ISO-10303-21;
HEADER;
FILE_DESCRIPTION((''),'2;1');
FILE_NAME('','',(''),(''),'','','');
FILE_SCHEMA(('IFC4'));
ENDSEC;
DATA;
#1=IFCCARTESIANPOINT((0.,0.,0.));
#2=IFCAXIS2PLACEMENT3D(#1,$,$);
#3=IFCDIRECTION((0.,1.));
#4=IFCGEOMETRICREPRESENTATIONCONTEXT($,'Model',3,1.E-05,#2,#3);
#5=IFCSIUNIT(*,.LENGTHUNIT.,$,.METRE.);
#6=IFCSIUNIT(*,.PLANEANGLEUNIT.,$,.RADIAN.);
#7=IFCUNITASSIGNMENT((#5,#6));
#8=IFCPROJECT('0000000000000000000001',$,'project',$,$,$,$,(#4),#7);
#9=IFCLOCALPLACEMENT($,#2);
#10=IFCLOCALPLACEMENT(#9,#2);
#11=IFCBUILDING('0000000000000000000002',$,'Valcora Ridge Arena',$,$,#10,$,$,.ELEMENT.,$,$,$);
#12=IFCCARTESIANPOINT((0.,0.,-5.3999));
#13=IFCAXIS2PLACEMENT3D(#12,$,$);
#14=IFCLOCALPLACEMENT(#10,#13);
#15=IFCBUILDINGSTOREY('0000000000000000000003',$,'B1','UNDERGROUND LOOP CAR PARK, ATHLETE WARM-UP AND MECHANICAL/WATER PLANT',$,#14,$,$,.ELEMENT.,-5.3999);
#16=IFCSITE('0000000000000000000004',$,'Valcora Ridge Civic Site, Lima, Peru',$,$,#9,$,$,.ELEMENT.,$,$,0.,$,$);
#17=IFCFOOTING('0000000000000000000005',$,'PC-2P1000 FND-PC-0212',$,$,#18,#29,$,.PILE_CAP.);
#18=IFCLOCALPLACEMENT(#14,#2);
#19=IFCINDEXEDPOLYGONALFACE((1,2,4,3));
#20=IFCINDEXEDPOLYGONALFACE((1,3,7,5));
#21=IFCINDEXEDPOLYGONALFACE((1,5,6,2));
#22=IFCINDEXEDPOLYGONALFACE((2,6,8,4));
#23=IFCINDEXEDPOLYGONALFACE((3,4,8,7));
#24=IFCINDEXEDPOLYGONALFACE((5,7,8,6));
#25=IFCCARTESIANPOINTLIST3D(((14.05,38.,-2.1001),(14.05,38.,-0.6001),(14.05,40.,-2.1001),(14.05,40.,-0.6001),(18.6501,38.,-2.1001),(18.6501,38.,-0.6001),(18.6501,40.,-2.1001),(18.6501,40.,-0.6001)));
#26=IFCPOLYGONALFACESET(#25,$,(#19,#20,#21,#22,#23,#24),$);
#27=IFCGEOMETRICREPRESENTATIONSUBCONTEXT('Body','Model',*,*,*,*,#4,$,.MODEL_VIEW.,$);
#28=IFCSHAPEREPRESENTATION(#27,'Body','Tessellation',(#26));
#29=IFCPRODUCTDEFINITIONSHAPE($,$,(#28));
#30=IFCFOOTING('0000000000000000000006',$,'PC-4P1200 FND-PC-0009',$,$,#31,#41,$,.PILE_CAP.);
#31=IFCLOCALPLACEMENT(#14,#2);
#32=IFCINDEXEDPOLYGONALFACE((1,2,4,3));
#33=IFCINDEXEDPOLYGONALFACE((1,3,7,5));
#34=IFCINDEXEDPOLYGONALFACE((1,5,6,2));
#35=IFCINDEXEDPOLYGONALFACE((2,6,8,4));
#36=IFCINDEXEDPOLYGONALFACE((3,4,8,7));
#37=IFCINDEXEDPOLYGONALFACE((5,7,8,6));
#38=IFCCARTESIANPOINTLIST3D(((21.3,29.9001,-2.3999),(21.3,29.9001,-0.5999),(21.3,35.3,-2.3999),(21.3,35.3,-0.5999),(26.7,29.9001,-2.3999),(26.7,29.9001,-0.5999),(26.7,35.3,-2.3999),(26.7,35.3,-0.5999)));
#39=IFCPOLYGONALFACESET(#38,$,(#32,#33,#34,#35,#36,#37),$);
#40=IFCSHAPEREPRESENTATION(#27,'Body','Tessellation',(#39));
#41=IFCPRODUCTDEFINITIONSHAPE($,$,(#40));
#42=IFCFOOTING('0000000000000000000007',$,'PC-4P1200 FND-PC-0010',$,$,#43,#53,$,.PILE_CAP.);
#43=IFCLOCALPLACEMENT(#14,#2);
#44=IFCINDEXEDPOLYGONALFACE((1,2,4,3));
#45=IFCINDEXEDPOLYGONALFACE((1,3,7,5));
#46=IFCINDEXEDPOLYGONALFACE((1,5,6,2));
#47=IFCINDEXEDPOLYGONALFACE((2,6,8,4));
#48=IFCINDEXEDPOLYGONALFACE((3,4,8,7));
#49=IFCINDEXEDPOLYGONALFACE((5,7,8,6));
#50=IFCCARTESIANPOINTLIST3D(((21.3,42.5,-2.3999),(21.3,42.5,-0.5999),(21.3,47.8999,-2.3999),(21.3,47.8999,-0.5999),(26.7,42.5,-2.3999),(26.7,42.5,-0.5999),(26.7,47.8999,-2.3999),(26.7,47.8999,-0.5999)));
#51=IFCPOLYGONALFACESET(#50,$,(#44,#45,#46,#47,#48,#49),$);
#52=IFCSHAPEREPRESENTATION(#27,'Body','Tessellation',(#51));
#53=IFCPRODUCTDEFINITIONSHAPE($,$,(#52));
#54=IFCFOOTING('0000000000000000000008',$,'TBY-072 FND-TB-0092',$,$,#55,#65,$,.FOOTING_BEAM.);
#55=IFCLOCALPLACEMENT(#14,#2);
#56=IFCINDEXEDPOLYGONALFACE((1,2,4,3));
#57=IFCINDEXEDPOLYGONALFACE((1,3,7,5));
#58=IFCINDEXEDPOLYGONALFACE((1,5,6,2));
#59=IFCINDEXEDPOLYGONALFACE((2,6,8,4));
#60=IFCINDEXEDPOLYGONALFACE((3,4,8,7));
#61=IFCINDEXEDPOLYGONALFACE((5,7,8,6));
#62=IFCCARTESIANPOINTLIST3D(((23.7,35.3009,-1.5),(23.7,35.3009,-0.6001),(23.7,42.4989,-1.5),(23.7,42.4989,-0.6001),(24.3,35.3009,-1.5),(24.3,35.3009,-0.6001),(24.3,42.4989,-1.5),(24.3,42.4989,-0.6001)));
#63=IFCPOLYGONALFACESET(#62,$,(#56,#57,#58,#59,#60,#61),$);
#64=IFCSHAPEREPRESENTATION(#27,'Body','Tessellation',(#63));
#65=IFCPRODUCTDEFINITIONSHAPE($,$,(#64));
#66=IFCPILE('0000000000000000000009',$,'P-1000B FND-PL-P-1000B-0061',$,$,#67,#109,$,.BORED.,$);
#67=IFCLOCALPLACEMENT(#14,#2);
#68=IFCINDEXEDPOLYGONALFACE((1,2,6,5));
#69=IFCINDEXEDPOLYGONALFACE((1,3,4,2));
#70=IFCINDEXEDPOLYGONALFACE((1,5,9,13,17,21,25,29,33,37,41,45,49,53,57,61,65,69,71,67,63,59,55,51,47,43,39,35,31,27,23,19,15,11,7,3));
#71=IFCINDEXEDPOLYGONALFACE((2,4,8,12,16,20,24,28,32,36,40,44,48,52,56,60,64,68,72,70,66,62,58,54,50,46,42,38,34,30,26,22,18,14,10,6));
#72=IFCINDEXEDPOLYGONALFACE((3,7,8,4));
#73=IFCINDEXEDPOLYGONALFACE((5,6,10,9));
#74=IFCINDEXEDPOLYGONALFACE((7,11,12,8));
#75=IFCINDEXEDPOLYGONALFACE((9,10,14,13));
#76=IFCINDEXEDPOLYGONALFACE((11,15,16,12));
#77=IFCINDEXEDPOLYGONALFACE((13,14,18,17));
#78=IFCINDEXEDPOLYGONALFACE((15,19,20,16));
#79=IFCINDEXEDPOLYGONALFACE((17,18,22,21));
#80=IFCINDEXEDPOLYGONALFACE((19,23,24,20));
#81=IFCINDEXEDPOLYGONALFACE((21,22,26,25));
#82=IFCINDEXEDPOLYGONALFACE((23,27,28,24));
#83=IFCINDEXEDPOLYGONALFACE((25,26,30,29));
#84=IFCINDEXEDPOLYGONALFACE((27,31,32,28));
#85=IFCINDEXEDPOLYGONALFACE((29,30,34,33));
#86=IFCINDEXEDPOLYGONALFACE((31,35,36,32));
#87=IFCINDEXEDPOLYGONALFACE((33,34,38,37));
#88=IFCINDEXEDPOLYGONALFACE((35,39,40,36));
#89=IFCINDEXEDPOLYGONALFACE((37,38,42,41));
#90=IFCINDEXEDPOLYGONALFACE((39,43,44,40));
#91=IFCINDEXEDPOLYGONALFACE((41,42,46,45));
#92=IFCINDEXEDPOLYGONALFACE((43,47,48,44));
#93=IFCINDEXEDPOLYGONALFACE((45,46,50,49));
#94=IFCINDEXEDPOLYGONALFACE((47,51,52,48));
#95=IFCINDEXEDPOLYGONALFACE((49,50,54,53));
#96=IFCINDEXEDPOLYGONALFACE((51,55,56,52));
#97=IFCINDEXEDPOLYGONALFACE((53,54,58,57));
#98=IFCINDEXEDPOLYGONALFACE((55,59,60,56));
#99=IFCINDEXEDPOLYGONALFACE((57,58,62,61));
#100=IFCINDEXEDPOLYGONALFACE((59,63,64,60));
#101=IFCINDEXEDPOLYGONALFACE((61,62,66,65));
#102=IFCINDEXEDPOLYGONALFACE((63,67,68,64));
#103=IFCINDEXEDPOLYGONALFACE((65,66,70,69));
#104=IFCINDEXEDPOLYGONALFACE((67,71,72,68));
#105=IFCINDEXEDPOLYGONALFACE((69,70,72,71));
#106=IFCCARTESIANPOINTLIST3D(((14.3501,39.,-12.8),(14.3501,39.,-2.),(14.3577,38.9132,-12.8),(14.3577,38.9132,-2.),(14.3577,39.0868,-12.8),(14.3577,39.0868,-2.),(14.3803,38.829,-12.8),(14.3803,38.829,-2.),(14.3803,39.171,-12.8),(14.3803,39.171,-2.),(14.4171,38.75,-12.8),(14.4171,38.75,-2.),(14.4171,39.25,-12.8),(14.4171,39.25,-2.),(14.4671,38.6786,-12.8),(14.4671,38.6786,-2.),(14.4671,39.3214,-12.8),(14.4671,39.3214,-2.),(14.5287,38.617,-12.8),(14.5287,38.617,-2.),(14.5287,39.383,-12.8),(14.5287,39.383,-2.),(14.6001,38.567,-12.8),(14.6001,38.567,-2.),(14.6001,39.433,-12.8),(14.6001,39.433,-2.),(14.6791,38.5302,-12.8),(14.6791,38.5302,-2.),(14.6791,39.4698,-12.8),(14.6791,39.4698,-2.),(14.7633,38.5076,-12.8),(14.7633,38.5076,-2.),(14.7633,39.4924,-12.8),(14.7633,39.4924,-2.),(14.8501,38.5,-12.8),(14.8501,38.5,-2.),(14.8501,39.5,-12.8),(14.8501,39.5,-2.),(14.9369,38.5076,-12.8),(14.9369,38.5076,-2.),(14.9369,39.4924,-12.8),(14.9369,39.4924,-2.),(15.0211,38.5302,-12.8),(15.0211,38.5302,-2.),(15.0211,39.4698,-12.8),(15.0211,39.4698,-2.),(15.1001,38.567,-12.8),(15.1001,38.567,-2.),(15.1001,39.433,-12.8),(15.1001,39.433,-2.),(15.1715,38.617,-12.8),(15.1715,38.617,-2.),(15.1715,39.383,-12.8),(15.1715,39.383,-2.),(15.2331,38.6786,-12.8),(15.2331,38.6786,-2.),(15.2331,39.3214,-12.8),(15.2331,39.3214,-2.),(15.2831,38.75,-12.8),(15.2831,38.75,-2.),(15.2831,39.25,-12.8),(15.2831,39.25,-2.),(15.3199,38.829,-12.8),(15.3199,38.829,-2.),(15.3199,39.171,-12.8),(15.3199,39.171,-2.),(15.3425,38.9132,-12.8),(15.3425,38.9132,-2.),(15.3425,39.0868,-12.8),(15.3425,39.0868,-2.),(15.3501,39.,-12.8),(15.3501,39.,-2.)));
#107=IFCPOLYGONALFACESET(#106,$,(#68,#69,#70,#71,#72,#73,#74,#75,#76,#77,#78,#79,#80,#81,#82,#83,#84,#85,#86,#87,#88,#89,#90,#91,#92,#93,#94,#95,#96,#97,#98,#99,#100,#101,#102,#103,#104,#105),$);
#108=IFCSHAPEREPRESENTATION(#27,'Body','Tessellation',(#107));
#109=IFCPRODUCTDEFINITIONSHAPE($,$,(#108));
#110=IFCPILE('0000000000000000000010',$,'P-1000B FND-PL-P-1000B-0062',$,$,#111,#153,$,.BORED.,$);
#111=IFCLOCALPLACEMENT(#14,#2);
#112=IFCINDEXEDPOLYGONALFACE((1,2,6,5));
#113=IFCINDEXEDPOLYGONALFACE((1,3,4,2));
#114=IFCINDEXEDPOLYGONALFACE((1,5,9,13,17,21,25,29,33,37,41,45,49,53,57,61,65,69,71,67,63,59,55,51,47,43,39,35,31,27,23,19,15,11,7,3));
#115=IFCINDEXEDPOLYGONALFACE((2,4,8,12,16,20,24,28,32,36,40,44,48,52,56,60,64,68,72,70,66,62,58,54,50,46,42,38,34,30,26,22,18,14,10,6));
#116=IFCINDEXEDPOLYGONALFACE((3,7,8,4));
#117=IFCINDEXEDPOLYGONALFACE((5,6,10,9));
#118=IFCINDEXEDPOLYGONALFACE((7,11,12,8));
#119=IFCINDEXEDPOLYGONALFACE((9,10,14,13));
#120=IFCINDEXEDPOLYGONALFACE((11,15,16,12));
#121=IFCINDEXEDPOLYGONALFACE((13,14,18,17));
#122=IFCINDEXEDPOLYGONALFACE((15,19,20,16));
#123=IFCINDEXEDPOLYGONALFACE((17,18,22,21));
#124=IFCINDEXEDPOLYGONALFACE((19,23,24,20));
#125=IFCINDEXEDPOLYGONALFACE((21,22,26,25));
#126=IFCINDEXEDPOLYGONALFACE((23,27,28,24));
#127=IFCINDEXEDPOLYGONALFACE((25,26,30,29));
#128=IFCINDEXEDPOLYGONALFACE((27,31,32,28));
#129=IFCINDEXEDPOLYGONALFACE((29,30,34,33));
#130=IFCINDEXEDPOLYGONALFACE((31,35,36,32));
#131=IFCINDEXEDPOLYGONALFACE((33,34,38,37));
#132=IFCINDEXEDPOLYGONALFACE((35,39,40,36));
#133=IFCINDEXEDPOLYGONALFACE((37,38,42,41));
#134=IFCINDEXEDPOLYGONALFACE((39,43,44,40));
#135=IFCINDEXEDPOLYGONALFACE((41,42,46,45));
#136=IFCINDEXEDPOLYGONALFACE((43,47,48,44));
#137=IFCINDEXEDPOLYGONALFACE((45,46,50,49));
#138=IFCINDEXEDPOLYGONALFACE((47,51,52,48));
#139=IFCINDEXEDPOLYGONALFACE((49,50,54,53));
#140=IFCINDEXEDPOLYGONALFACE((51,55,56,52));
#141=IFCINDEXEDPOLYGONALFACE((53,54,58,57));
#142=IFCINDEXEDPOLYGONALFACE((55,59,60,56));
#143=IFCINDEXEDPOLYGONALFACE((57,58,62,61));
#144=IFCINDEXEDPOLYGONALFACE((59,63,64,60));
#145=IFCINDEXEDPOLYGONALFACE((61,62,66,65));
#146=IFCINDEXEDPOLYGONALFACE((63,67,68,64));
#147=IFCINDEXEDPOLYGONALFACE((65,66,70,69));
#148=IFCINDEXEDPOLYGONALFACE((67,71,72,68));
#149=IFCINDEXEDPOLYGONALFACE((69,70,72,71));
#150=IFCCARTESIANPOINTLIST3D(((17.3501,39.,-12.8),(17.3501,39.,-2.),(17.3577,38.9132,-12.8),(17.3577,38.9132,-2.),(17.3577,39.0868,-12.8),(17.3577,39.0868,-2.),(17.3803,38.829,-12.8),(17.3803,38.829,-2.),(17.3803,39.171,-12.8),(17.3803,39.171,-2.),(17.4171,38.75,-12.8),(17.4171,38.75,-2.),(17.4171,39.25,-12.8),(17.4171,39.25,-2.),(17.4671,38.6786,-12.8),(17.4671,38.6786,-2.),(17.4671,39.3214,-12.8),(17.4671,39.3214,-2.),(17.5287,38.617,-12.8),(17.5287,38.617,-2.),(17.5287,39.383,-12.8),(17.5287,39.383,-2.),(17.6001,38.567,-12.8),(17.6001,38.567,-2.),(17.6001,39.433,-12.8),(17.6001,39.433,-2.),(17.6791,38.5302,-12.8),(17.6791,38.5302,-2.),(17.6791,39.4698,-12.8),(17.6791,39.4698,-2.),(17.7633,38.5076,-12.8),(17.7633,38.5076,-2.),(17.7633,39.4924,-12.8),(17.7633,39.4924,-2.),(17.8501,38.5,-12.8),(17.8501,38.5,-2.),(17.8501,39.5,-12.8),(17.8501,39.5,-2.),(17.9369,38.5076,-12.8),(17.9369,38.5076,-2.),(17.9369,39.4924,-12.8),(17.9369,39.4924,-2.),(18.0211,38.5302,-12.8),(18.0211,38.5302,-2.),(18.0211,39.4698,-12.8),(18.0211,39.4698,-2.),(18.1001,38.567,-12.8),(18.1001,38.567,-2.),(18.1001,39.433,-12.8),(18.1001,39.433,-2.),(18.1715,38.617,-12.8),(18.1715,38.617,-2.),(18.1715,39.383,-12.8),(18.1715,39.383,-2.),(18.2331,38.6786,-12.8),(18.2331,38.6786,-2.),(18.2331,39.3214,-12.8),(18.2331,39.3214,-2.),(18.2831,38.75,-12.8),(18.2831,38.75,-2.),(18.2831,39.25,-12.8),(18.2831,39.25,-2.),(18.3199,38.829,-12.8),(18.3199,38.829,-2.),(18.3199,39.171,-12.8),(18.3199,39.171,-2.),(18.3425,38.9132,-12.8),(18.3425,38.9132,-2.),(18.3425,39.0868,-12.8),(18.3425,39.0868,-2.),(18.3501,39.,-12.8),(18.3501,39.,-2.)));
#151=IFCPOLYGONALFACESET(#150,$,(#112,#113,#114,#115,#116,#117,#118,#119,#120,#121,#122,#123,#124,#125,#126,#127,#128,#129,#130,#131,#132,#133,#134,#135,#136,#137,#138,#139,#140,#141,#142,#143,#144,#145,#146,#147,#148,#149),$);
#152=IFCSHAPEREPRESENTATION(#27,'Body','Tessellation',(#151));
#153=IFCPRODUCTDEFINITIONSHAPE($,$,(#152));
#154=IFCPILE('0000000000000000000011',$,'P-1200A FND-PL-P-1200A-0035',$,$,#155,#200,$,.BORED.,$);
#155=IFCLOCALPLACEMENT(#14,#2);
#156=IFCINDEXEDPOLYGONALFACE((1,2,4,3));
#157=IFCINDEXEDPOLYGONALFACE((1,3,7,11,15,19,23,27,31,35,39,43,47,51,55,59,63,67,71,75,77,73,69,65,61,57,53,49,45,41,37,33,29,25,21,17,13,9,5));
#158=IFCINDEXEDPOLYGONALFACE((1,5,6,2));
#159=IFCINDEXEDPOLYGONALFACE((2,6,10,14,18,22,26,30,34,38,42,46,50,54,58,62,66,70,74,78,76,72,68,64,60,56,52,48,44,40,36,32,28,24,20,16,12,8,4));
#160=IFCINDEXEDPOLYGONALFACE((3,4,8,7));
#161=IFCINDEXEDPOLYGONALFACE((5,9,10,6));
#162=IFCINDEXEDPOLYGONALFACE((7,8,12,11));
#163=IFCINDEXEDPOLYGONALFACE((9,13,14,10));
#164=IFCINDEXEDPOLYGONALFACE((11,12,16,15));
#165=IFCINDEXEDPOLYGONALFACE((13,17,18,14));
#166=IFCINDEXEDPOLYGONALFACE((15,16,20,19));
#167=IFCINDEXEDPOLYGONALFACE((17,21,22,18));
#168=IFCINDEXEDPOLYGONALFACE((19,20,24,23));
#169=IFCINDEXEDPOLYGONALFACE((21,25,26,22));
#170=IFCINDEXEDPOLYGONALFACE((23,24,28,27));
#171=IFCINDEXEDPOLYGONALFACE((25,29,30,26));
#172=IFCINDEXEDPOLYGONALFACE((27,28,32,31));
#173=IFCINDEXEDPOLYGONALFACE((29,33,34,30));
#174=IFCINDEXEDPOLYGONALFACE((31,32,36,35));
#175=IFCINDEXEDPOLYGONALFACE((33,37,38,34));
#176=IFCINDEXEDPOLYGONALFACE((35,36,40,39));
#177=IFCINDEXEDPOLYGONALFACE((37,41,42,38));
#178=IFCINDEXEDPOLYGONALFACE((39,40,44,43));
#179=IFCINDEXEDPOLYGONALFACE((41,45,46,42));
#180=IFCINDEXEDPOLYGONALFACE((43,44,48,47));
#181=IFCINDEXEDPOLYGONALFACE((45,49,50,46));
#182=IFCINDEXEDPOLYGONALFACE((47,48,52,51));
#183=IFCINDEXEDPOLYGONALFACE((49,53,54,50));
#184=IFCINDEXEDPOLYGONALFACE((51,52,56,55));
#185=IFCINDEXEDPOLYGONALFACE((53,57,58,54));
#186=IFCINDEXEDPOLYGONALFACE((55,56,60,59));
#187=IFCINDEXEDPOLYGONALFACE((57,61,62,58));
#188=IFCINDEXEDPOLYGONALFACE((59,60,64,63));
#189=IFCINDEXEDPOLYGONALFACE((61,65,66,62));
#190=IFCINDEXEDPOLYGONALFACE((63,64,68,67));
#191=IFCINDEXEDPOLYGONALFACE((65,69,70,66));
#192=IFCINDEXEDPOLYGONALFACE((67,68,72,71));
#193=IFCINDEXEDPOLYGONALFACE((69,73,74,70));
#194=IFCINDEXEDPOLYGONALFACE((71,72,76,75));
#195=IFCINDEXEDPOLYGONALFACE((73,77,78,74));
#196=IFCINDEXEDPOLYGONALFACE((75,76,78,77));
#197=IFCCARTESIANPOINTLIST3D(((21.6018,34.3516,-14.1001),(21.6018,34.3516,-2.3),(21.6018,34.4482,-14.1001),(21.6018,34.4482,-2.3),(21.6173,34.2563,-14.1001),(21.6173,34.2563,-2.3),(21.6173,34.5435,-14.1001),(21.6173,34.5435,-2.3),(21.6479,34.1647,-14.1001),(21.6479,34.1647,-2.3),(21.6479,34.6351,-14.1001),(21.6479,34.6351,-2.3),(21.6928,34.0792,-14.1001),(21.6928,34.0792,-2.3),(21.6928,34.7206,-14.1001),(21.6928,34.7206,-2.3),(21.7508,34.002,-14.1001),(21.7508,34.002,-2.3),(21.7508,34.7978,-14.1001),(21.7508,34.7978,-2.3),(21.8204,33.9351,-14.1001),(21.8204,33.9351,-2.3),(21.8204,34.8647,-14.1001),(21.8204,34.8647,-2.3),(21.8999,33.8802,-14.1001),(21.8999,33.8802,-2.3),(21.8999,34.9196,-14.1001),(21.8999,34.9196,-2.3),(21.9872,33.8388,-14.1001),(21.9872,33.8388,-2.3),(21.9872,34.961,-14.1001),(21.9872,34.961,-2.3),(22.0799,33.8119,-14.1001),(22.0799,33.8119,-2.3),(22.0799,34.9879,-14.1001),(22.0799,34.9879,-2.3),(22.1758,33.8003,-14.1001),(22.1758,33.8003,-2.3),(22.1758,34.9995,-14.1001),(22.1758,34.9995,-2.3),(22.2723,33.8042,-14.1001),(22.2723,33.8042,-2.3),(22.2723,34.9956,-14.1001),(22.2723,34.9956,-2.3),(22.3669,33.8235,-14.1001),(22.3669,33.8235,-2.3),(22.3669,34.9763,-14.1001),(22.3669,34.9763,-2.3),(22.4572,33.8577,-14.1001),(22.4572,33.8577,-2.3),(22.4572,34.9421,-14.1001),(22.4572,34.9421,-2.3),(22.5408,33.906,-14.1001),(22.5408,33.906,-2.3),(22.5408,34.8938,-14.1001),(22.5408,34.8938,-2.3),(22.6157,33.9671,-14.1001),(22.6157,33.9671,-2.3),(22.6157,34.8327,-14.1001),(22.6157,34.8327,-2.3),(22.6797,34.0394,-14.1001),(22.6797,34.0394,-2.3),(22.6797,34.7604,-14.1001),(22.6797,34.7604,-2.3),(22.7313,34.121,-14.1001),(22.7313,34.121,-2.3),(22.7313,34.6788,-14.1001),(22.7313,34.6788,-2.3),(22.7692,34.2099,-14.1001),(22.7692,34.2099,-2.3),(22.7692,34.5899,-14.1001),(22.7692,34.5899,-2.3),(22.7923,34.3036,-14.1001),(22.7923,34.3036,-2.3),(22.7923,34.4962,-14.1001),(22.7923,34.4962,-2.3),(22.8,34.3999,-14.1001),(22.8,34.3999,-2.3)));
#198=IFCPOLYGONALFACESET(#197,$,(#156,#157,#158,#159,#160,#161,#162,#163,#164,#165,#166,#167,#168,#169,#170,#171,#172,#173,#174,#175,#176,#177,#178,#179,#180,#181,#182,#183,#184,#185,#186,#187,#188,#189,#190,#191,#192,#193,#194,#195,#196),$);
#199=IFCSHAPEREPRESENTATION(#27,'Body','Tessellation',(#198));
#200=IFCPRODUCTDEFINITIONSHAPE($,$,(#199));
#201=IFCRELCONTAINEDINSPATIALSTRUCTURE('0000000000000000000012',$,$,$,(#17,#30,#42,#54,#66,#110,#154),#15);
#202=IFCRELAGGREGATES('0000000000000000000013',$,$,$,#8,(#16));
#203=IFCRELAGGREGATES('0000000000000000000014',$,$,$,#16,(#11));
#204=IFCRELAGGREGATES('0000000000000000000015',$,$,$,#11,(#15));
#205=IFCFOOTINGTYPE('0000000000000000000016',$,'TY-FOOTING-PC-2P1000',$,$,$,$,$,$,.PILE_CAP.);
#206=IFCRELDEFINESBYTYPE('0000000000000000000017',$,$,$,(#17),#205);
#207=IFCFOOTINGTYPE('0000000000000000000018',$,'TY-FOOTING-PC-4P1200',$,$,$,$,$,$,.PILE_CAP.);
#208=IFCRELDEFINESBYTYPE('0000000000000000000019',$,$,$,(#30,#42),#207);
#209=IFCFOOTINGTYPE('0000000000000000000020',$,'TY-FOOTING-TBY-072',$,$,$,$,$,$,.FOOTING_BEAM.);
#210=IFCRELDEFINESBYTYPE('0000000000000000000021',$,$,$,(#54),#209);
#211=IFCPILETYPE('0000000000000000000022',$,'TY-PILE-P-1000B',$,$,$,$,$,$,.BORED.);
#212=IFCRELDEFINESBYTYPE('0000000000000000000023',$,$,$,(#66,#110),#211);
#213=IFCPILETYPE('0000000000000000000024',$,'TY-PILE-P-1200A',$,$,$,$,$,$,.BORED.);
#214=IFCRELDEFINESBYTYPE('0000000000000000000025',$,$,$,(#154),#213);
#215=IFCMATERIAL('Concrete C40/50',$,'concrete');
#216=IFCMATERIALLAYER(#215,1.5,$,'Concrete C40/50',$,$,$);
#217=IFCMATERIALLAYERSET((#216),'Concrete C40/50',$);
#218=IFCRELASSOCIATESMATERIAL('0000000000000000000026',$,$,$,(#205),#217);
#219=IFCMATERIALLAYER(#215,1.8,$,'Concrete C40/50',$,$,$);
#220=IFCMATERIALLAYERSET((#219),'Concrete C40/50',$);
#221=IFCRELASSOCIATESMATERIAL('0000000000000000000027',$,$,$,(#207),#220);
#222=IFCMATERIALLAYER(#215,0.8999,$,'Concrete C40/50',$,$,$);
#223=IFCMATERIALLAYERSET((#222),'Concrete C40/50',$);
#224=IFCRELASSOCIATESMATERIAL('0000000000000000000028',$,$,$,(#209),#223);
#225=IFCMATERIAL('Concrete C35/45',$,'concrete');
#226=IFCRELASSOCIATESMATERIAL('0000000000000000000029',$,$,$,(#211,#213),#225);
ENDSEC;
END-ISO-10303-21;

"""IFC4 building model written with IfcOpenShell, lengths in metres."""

from ifc_helpers import new_model, si_unit, direction, frame, origin, origin_2d, place, context, subcontext, project, spatial, rectangle, circle, extrude, material, layer, layer_set, material_profile, profile_set, type_object, element, save


model = new_model("IFC4")

# Units and contexts
model_context = context("Model", 3, precision=1e-05, world=origin(), true_north=direction((0.0, 1.0)))
body_context = subcontext(model_context, "Body", "Model", "MODEL_VIEW")
ifc_project = project(units=[si_unit("LENGTHUNIT", "METRE"), si_unit("PLANEANGLEUNIT", "RADIAN")], contexts=[model_context])

# Site, building, storey
site_placement = place(None, origin())
site = spatial("IfcSite", under=ifc_project, at=site_placement, Name="Valcora Ridge Civic Site, Lima, Peru", CompositionType="ELEMENT", RefElevation=0.0)
building_placement = place(site_placement, origin())
building = spatial("IfcBuilding", under=site, at=building_placement, Name="Valcora Ridge Arena", CompositionType="ELEMENT")
storey_placement = place(building_placement, frame((0.0, 0.0, -5.3999)))
storey = spatial("IfcBuildingStorey", under=building, at=storey_placement, Name="B1", Description="UNDERGROUND LOOP CAR PARK, ATHLETE WARM-UP AND MECHANICAL/WATER PLANT", CompositionType="ELEMENT", Elevation=-5.3999)

# Footings
ifc_material_1 = material(Name="Concrete C40/50", Category="concrete")
ifc_layer_1 = layer(ifc_material_1, 1.5, Name="Concrete C40/50")
ifc_layer_set_1 = layer_set([ifc_layer_1], Name="Concrete C40/50")
footing_type_1 = type_object("IfcFootingType", Name="TY-FOOTING-PC-2P1000", PredefinedType="PILE_CAP", material=ifc_layer_set_1)
footing_1_placement = place(storey_placement, frame((16.3501, 39.0, -2.1001), z_axis=(0.0, 0.0, 1.0), x_axis=(1.0, 0.0, 0.0)))
element("IfcFooting", 1, at=footing_1_placement, inside=storey, type_object=footing_type_1, Name="PC-2P1000 FND-PC-0212", PredefinedType="PILE_CAP", context=body_context, shape_type="SweptSolid", body=[
    extrude(rectangle(XDim=4.6001, YDim=2.0, at=origin_2d()), origin(), (0.0, 0.0, 1.0), 1.5),
])
ifc_layer_2 = layer(ifc_material_1, 1.8, Name="Concrete C40/50")
ifc_layer_set_2 = layer_set([ifc_layer_2], Name="Concrete C40/50")
footing_type_2 = type_object("IfcFootingType", Name="TY-FOOTING-PC-4P1200", PredefinedType="PILE_CAP", material=ifc_layer_set_2)
for number, where, z_axis, x_axis, name in (
    (2, (24.0, 32.6001, -2.3999), (0.0, 0.0, 1.0), (1.0, 0.0, 0.0), "PC-4P1200 FND-PC-0009"),
    (3, (24.0, 45.2, -2.3999), (0.0, 0.0, 1.0), (1.0, 0.0, 0.0), "PC-4P1200 FND-PC-0010"),
):
    element("IfcFooting", number, at=place(storey_placement, frame(where, z_axis=z_axis, x_axis=x_axis)), inside=storey, type_object=footing_type_2, Name=name, PredefinedType="PILE_CAP", context=body_context, shape_type="SweptSolid", body=[
        extrude(rectangle(XDim=5.3999, YDim=5.3999, at=origin_2d()), origin(), (0.0, 0.0, 1.0), 1.8),
    ])
ifc_layer_3 = layer(ifc_material_1, 0.8999, Name="Concrete C40/50")
ifc_layer_set_3 = layer_set([ifc_layer_3], Name="Concrete C40/50")
footing_type_3 = type_object("IfcFootingType", Name="TY-FOOTING-TBY-072", PredefinedType="FOOTING_BEAM", material=ifc_layer_set_3)
footing_2_placement = place(storey_placement, frame((24.0, 38.8999, -1.5), z_axis=(0.0, 0.0, 1.0), x_axis=(1.0, 0.0, 0.0)))
element("IfcFooting", 4, at=footing_2_placement, inside=storey, type_object=footing_type_3, Name="TBY-072 FND-TB-0092", PredefinedType="FOOTING_BEAM", context=body_context, shape_type="SweptSolid", body=[
    extrude(rectangle(XDim=0.6001, YDim=7.198, at=origin_2d()), origin(), (0.0, 0.0, 1.0), 0.8999),
])

# Piles
ifc_material_2 = material(Name="Concrete C35/45", Category="concrete")
ifc_material_profile_1 = material_profile(ifc_material_2, circle(Radius=0.5, at=origin_2d()), Name="BORED PILE D1000")
ifc_profile_set_1 = profile_set([ifc_material_profile_1], Name="Concrete C35/45")
pile_type_1 = type_object("IfcPileType", Name="TY-PILE-P-1000B", PredefinedType="BORED", material=ifc_profile_set_1)
for number, where, z_axis, x_axis, name in (
    (5, (14.8501, 39.0, -2.0), (0.0, 0.0, -1.0), (1.0, 0.0, 0.0), "P-1000B FND-PL-P-1000B-0061"),
    (6, (17.8501, 39.0, -2.0), (0.0, 0.0, -1.0), (1.0, 0.0, 0.0), "P-1000B FND-PL-P-1000B-0062"),
):
    element("IfcPile", number, at=place(storey_placement, frame(where, z_axis=z_axis, x_axis=x_axis)), inside=storey, type_object=pile_type_1, Name=name, PredefinedType="BORED", context=body_context, shape_type="SweptSolid", body=[
        extrude(circle(Radius=0.5, at=origin_2d()), origin(), (0.0, 0.0, 1.0), 10.8),
    ])
ifc_material_profile_2 = material_profile(ifc_material_2, circle(Radius=0.6001, at=origin_2d()), Name="BORED PILE D1200")
ifc_profile_set_2 = profile_set([ifc_material_profile_2], Name="Concrete C35/45")
pile_type_2 = type_object("IfcPileType", Name="TY-PILE-P-1200A", PredefinedType="BORED", material=ifc_profile_set_2)
for number, where, z_axis, x_axis, name in (
    (7, (22.2, 34.3999, -2.3), (0.0, 0.0, -1.0), (1.0, 0.0, 0.0), "P-1200A FND-PL-P-1200A-0035"),
):
    element("IfcPile", number, at=place(storey_placement, frame(where, z_axis=z_axis, x_axis=x_axis)), inside=storey, type_object=pile_type_2, Name=name, PredefinedType="BORED", context=body_context, shape_type="SweptSolid", body=[
        extrude(circle(Radius=0.6001, at=origin_2d()), origin(), (0.0, 0.0, 1.0), 11.8),
    ])

save(model, "model.ifc")
